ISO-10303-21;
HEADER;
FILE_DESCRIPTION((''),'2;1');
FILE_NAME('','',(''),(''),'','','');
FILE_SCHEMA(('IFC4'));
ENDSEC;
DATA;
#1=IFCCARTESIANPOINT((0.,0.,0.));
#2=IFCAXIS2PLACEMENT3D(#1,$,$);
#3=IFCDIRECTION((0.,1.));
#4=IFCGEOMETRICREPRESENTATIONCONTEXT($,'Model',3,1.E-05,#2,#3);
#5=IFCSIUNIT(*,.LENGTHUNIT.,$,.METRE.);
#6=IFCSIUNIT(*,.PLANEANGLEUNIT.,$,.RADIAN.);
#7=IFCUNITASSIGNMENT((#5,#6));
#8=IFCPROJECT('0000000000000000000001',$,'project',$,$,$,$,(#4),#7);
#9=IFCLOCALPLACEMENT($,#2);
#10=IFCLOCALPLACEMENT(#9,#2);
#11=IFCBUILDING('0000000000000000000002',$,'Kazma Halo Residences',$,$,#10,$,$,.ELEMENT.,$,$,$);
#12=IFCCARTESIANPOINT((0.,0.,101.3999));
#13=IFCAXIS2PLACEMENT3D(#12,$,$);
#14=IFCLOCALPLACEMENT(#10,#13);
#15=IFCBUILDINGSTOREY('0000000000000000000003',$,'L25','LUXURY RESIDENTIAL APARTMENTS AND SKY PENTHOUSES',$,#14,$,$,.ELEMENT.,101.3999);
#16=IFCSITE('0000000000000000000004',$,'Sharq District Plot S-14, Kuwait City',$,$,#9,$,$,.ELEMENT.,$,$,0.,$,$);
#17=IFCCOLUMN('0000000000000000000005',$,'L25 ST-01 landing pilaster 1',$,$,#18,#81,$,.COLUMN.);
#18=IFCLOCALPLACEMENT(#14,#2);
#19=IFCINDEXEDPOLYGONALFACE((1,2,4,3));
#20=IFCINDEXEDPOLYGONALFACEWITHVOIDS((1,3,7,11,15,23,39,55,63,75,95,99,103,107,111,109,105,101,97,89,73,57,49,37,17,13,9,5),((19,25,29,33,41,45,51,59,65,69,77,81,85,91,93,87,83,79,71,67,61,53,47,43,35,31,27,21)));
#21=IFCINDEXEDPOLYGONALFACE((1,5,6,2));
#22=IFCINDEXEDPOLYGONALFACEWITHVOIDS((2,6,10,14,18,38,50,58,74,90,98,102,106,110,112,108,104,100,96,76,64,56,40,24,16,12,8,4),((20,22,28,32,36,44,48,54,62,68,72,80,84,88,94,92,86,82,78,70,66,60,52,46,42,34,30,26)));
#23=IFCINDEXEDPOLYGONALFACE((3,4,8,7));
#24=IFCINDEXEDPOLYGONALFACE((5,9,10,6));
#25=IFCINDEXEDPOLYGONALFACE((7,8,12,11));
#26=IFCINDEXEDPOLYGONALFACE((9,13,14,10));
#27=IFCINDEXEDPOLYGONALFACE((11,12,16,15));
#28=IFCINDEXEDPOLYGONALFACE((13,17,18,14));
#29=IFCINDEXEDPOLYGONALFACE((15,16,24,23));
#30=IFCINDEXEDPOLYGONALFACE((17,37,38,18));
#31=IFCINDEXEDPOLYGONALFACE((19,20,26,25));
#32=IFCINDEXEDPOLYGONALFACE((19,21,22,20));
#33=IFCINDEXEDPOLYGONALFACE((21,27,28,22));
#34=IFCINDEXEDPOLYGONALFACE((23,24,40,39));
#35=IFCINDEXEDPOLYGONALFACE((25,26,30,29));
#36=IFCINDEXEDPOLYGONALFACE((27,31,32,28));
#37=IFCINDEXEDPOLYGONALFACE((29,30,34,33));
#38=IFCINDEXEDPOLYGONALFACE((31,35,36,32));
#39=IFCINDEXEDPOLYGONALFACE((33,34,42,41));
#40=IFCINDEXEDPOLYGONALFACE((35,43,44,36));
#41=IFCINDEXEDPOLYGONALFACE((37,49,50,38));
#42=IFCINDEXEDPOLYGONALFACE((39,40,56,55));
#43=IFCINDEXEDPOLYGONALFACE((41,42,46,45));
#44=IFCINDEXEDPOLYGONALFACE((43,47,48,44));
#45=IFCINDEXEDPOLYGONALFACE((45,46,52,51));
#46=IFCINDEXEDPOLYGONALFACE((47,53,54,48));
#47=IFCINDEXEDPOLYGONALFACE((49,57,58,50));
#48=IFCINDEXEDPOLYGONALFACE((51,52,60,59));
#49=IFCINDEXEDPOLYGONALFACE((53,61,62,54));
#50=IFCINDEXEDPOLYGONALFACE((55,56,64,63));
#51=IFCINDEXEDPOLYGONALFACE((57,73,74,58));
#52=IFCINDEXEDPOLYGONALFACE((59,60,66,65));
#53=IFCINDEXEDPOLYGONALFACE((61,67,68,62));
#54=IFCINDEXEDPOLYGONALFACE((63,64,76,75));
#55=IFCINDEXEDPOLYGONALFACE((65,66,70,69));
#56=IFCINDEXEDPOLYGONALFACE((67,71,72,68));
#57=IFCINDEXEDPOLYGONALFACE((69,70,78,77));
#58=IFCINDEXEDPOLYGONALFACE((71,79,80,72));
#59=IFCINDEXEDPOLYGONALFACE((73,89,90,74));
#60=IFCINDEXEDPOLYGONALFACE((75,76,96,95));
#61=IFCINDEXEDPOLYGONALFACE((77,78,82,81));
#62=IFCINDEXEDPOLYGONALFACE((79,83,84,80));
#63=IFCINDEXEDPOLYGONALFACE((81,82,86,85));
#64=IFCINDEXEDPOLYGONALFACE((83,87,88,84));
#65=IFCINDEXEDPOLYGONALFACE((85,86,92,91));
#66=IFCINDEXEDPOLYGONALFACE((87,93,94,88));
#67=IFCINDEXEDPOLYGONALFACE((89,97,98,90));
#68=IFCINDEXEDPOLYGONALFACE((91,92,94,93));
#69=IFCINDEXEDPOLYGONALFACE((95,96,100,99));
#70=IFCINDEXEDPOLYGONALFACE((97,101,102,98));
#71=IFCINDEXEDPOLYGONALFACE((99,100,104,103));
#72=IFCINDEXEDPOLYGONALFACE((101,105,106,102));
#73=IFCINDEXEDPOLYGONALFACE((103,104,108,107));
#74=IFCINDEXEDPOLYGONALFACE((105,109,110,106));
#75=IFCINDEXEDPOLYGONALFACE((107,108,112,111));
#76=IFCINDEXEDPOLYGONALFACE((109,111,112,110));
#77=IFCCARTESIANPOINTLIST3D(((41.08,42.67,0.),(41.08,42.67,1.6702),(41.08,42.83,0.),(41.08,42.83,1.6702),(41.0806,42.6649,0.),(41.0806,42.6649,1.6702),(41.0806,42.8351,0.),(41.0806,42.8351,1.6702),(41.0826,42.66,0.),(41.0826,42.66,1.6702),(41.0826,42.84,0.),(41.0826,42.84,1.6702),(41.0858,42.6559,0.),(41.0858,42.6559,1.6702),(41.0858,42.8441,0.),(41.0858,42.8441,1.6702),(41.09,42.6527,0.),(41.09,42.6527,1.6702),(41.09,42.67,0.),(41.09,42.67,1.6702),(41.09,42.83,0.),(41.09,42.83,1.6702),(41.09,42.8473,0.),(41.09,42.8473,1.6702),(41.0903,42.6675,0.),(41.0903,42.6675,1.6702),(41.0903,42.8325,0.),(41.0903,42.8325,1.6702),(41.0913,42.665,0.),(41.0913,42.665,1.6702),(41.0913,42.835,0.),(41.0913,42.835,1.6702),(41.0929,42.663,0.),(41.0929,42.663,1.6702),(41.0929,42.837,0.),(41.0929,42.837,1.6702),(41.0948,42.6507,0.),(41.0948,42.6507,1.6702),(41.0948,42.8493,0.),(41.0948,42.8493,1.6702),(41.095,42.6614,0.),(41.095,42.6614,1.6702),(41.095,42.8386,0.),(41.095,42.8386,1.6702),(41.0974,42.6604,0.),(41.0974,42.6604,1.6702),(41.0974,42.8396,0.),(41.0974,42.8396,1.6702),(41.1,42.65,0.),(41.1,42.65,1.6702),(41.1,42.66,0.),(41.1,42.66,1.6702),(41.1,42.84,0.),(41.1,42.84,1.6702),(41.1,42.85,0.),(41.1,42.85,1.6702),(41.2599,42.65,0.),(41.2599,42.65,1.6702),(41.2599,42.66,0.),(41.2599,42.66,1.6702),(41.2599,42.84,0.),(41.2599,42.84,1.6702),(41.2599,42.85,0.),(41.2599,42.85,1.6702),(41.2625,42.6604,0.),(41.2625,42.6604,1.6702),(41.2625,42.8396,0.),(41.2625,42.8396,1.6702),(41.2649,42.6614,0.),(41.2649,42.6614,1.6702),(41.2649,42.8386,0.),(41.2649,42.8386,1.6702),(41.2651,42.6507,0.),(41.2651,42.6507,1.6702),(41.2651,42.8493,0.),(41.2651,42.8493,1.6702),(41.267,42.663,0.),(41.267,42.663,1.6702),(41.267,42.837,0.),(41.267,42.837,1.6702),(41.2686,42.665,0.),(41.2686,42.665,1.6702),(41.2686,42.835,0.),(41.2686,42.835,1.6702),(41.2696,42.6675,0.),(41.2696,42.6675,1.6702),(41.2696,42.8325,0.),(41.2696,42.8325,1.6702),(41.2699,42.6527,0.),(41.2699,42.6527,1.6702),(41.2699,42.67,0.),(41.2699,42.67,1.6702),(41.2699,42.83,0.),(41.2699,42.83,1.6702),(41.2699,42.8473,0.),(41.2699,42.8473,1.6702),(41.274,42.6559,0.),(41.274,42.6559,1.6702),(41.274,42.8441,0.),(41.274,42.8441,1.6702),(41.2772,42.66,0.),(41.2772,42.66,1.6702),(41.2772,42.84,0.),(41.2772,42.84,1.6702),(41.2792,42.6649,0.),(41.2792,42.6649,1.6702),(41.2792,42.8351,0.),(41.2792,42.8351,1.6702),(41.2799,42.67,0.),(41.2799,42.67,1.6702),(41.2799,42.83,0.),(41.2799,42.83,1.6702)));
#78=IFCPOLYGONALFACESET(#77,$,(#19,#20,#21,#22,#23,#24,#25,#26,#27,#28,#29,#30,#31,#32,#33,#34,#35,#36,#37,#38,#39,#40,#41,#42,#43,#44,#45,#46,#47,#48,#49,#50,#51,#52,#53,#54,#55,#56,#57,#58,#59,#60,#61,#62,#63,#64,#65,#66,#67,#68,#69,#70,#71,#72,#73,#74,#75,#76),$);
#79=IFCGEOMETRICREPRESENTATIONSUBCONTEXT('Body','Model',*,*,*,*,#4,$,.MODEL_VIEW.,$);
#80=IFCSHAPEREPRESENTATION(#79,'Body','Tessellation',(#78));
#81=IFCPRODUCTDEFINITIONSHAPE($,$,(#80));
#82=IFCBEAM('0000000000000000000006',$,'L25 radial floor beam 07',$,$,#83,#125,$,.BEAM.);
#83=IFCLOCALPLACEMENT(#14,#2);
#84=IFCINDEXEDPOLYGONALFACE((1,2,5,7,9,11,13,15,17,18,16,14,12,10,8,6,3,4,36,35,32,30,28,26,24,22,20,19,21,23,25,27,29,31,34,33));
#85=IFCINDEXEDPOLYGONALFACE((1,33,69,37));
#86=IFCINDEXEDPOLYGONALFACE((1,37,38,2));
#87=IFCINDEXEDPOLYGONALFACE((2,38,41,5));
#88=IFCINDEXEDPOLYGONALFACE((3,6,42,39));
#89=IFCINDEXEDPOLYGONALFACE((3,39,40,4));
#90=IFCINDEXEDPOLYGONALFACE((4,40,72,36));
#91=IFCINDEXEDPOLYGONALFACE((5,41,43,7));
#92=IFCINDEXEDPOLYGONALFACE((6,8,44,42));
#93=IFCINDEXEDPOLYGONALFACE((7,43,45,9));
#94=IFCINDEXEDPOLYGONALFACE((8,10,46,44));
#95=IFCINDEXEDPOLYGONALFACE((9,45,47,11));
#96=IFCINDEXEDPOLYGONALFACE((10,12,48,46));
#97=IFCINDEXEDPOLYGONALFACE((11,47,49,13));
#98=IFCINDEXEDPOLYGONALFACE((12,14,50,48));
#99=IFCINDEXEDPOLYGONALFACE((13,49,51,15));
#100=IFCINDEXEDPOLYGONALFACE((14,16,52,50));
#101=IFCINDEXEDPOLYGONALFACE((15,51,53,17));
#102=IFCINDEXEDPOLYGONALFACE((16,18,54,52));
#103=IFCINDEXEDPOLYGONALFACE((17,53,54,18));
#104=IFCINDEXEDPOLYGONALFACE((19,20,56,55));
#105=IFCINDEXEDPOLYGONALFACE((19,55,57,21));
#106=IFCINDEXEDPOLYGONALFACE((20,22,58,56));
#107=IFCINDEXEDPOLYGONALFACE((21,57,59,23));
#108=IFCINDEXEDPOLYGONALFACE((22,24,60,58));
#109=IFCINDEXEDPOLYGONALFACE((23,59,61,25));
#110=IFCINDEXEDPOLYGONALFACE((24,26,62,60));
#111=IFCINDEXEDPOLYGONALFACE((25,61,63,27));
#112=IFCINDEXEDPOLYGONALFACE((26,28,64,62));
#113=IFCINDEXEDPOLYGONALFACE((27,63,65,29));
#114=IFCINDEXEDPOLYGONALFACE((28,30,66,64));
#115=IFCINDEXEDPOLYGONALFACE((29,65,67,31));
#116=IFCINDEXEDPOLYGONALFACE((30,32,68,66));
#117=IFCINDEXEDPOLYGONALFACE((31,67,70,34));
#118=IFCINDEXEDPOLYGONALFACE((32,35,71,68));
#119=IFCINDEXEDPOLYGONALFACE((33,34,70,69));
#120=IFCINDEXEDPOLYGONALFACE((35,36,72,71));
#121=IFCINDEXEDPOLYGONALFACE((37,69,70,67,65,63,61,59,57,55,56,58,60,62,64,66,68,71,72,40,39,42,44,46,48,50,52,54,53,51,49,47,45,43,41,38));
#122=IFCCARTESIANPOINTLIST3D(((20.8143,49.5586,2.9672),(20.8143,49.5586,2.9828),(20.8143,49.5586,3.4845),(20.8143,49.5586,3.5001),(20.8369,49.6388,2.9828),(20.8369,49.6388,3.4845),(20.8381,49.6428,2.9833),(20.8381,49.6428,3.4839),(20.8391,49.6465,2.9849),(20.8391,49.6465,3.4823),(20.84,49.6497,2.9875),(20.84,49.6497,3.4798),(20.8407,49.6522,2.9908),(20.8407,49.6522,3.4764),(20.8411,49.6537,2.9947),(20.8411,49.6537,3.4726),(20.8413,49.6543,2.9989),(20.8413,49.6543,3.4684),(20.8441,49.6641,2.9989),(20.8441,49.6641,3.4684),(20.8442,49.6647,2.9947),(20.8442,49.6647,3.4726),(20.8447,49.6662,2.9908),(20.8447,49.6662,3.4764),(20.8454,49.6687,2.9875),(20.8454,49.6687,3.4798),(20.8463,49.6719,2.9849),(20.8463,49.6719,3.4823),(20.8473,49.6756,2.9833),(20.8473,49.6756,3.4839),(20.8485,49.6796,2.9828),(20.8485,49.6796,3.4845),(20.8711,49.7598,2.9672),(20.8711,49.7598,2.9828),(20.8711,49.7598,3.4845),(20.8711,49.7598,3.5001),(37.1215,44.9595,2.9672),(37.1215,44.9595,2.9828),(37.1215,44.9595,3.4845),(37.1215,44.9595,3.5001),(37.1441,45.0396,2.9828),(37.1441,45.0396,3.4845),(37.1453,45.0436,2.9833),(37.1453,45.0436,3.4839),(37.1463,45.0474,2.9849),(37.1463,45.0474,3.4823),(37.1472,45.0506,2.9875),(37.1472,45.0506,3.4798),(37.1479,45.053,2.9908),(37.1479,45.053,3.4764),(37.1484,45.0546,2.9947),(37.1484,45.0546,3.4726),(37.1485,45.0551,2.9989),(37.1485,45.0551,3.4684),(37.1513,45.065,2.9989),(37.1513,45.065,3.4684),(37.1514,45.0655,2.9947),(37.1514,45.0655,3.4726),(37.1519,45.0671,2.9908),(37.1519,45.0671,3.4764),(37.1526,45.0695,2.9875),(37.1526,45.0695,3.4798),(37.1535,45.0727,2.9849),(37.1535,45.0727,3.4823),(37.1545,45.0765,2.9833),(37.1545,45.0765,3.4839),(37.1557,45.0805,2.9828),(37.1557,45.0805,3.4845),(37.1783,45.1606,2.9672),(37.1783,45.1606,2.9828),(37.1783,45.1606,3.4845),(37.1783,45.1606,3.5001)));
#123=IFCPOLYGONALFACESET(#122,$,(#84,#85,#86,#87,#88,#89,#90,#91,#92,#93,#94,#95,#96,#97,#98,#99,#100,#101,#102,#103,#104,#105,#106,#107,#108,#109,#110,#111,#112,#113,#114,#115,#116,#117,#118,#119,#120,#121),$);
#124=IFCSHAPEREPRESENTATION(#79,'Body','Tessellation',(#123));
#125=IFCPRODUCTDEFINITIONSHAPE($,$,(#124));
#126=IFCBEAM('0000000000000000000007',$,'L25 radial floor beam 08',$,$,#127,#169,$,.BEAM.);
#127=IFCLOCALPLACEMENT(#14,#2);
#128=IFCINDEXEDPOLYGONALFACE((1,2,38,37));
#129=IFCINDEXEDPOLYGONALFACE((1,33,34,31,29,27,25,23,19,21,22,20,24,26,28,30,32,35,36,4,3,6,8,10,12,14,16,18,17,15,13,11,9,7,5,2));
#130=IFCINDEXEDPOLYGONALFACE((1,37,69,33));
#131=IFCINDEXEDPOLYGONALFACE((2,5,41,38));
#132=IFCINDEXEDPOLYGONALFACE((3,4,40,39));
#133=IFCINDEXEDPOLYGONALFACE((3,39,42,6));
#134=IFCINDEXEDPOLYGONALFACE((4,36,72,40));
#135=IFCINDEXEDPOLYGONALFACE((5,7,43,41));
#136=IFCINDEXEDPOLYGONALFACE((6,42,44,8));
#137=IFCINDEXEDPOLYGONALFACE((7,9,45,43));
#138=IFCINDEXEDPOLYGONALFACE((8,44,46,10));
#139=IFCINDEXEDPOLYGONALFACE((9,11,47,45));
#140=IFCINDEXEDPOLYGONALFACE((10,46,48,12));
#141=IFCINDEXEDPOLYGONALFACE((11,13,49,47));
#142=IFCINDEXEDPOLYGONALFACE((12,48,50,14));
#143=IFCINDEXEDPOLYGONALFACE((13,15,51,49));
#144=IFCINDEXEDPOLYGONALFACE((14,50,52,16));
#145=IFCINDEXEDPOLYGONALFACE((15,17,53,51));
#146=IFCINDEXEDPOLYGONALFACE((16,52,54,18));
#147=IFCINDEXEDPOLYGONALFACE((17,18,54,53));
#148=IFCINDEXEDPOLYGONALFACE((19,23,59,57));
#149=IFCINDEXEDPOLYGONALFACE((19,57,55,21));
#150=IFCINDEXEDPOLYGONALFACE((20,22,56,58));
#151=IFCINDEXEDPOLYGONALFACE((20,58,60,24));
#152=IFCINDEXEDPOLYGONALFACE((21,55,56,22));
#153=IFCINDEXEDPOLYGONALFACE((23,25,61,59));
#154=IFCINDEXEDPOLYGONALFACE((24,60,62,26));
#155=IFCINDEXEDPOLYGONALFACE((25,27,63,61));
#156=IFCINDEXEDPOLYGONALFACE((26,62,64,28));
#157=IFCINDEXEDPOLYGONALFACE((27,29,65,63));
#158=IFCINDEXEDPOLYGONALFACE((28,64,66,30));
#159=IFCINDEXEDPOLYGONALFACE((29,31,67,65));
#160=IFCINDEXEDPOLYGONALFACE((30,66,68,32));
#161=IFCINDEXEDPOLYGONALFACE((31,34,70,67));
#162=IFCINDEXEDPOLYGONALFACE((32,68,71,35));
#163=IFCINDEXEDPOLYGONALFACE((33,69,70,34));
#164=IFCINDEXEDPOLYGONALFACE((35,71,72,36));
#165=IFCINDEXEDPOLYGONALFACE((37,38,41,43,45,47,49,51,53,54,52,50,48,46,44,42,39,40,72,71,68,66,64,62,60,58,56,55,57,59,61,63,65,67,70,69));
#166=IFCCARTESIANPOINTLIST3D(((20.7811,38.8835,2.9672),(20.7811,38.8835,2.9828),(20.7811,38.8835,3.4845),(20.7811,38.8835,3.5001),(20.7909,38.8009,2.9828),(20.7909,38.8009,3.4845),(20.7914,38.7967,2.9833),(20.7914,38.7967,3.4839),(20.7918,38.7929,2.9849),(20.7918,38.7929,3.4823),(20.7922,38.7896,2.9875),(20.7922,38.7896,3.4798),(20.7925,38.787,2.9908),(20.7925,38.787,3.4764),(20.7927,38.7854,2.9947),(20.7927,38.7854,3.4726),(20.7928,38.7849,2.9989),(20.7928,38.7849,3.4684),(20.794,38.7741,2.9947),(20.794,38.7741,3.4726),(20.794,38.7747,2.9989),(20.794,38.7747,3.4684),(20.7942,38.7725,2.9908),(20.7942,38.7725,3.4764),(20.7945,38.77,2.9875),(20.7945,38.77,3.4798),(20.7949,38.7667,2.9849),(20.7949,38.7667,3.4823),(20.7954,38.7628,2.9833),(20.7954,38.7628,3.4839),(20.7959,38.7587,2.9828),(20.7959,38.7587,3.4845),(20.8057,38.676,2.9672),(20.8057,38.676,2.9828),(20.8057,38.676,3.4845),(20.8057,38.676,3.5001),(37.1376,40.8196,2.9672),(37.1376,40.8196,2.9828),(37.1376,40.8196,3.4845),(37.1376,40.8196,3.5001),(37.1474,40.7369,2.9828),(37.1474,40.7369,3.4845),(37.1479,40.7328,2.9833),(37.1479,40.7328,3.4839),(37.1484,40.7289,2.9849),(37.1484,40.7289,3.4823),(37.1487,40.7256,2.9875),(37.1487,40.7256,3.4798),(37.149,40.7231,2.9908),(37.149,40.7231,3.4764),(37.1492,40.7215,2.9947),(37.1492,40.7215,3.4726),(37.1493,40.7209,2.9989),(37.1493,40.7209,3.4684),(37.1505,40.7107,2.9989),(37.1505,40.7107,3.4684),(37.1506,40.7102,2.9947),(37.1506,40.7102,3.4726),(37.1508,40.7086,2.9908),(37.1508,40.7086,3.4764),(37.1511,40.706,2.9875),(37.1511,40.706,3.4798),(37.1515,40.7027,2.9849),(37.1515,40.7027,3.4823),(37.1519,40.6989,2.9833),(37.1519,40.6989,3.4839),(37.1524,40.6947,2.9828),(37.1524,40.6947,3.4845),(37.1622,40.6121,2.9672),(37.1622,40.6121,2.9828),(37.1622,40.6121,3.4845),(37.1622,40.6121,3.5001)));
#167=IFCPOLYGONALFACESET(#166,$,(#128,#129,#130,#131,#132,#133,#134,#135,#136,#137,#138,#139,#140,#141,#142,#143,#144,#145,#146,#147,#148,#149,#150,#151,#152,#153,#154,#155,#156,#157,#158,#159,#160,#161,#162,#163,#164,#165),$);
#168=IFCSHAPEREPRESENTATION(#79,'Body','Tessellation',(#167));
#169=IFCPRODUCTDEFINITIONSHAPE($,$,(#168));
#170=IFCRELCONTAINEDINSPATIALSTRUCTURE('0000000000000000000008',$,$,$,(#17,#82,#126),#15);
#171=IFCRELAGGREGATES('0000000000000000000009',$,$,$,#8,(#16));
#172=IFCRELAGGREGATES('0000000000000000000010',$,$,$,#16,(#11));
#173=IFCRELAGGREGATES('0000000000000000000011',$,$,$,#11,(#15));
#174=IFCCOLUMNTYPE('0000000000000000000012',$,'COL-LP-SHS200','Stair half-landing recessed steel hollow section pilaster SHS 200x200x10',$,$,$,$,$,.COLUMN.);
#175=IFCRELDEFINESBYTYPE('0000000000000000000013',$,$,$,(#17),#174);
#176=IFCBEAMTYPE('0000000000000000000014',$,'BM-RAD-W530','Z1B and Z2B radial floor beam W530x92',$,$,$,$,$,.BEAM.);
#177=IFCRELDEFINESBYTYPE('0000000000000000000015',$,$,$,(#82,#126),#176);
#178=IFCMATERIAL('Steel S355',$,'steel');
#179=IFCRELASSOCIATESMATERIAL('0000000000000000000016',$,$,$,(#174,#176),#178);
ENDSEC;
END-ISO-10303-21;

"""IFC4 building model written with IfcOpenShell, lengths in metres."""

from ifc_helpers import new_model, si_unit, direction, frame, origin, origin_2d, place, context, subcontext, project, spatial, hollow_rectangle, i_section, extrude, material, material_profile, profile_set, type_object, element, save


model = new_model("IFC4")

# Units and contexts
model_context = context("Model", 3, precision=1e-05, world=origin(), true_north=direction((0.0, 1.0)))
body_context = subcontext(model_context, "Body", "Model", "MODEL_VIEW")
ifc_project = project(units=[si_unit("LENGTHUNIT", "METRE"), si_unit("PLANEANGLEUNIT", "RADIAN")], contexts=[model_context])

# Site, building, storey
site_placement = place(None, origin())
site = spatial("IfcSite", under=ifc_project, at=site_placement, Name="Sharq District Plot S-14, Kuwait City", CompositionType="ELEMENT", RefElevation=0.0)
building_placement = place(site_placement, origin())
building = spatial("IfcBuilding", under=site, at=building_placement, Name="Kazma Halo Residences", CompositionType="ELEMENT")
storey_placement = place(building_placement, frame((0.0, 0.0, 101.3999)))
storey = spatial("IfcBuildingStorey", under=building, at=storey_placement, Name="L25", Description="LUXURY RESIDENTIAL APARTMENTS AND SKY PENTHOUSES", CompositionType="ELEMENT", Elevation=101.3999)

# Column
ifc_material_1 = material(Name="Steel S355", Category="steel")
ifc_material_profile_1 = material_profile(ifc_material_1, hollow_rectangle(XDim=0.2, YDim=0.2, WallThickness=0.01, InnerFilletRadius=0.01, OuterFilletRadius=0.02, at=origin_2d()), Name="SHS200x200x10")
ifc_profile_set_1 = profile_set([ifc_material_profile_1], Name="Steel S355")
column_type = type_object("IfcColumnType", Name="COL-LP-SHS200", Description="Stair half-landing recessed steel hollow section pilaster SHS 200x200x10", PredefinedType="COLUMN", material=ifc_profile_set_1)
column_placement = place(storey_placement, frame((41.1799, 42.75, 0.0), z_axis=(0.0, 0.0, 1.0), x_axis=(1.0, 0.0, 0.0)))
element("IfcColumn", 1, at=column_placement, inside=storey, type_object=column_type, Name="L25 ST-01 landing pilaster 1", PredefinedType="COLUMN", context=body_context, shape_type="SweptSolid", body=[
    extrude(hollow_rectangle(XDim=0.2, YDim=0.2, WallThickness=0.01, InnerFilletRadius=0.01, OuterFilletRadius=0.02, at=origin_2d()), origin(), (0.0, 0.0, 1.0), 1.6702),
])

# Beams
ifc_material_profile_2 = material_profile(ifc_material_1, i_section(OverallWidth=0.209, OverallDepth=0.533, WebThickness=0.0103, FlangeThickness=0.0156, FilletRadius=0.0161, at=origin_2d()), Name="W530x92")
ifc_profile_set_2 = profile_set([ifc_material_profile_2], Name="Steel S355")
beam_type_1 = type_object("IfcBeamType", Name="BM-RAD-W530", Description="Z1B and Z2B radial floor beam W530x92", PredefinedType="BEAM", material=ifc_profile_set_2)
beam_1_placement = place(storey_placement, frame((37.1499, 45.0601, 3.2336), z_axis=(-0.962455, 0.271442, 0.0), x_axis=(-0.271442, -0.962455, 0.0)))
element("IfcBeam", 2, at=beam_1_placement, inside=storey, type_object=beam_type_1, Name="L25 radial floor beam 07", PredefinedType="BEAM", context=body_context, shape_type="SweptSolid", body=[
    extrude(i_section(OverallWidth=0.209, OverallDepth=0.533, WebThickness=0.0103, FlangeThickness=0.0156, FilletRadius=0.0161, at=origin_2d()), origin(), (0.0, 0.0, 1.0), 16.9434),
])
beam_2_placement = place(storey_placement, frame((37.1499, 40.7158, 3.2336), z_axis=(-0.993068, -0.117545, 0.0), x_axis=(0.117545, -0.993068, 0.0)))
element("IfcBeam", 3, at=beam_2_placement, inside=storey, type_object=beam_type_1, Name="L25 radial floor beam 08", PredefinedType="BEAM", context=body_context, shape_type="SweptSolid", body=[
    extrude(i_section(OverallWidth=0.209, OverallDepth=0.533, WebThickness=0.0103, FlangeThickness=0.0156, FilletRadius=0.0161, at=origin_2d()), origin(), (0.0, 0.0, 1.0), 16.4707),
])

save(model, "model.ifc")
